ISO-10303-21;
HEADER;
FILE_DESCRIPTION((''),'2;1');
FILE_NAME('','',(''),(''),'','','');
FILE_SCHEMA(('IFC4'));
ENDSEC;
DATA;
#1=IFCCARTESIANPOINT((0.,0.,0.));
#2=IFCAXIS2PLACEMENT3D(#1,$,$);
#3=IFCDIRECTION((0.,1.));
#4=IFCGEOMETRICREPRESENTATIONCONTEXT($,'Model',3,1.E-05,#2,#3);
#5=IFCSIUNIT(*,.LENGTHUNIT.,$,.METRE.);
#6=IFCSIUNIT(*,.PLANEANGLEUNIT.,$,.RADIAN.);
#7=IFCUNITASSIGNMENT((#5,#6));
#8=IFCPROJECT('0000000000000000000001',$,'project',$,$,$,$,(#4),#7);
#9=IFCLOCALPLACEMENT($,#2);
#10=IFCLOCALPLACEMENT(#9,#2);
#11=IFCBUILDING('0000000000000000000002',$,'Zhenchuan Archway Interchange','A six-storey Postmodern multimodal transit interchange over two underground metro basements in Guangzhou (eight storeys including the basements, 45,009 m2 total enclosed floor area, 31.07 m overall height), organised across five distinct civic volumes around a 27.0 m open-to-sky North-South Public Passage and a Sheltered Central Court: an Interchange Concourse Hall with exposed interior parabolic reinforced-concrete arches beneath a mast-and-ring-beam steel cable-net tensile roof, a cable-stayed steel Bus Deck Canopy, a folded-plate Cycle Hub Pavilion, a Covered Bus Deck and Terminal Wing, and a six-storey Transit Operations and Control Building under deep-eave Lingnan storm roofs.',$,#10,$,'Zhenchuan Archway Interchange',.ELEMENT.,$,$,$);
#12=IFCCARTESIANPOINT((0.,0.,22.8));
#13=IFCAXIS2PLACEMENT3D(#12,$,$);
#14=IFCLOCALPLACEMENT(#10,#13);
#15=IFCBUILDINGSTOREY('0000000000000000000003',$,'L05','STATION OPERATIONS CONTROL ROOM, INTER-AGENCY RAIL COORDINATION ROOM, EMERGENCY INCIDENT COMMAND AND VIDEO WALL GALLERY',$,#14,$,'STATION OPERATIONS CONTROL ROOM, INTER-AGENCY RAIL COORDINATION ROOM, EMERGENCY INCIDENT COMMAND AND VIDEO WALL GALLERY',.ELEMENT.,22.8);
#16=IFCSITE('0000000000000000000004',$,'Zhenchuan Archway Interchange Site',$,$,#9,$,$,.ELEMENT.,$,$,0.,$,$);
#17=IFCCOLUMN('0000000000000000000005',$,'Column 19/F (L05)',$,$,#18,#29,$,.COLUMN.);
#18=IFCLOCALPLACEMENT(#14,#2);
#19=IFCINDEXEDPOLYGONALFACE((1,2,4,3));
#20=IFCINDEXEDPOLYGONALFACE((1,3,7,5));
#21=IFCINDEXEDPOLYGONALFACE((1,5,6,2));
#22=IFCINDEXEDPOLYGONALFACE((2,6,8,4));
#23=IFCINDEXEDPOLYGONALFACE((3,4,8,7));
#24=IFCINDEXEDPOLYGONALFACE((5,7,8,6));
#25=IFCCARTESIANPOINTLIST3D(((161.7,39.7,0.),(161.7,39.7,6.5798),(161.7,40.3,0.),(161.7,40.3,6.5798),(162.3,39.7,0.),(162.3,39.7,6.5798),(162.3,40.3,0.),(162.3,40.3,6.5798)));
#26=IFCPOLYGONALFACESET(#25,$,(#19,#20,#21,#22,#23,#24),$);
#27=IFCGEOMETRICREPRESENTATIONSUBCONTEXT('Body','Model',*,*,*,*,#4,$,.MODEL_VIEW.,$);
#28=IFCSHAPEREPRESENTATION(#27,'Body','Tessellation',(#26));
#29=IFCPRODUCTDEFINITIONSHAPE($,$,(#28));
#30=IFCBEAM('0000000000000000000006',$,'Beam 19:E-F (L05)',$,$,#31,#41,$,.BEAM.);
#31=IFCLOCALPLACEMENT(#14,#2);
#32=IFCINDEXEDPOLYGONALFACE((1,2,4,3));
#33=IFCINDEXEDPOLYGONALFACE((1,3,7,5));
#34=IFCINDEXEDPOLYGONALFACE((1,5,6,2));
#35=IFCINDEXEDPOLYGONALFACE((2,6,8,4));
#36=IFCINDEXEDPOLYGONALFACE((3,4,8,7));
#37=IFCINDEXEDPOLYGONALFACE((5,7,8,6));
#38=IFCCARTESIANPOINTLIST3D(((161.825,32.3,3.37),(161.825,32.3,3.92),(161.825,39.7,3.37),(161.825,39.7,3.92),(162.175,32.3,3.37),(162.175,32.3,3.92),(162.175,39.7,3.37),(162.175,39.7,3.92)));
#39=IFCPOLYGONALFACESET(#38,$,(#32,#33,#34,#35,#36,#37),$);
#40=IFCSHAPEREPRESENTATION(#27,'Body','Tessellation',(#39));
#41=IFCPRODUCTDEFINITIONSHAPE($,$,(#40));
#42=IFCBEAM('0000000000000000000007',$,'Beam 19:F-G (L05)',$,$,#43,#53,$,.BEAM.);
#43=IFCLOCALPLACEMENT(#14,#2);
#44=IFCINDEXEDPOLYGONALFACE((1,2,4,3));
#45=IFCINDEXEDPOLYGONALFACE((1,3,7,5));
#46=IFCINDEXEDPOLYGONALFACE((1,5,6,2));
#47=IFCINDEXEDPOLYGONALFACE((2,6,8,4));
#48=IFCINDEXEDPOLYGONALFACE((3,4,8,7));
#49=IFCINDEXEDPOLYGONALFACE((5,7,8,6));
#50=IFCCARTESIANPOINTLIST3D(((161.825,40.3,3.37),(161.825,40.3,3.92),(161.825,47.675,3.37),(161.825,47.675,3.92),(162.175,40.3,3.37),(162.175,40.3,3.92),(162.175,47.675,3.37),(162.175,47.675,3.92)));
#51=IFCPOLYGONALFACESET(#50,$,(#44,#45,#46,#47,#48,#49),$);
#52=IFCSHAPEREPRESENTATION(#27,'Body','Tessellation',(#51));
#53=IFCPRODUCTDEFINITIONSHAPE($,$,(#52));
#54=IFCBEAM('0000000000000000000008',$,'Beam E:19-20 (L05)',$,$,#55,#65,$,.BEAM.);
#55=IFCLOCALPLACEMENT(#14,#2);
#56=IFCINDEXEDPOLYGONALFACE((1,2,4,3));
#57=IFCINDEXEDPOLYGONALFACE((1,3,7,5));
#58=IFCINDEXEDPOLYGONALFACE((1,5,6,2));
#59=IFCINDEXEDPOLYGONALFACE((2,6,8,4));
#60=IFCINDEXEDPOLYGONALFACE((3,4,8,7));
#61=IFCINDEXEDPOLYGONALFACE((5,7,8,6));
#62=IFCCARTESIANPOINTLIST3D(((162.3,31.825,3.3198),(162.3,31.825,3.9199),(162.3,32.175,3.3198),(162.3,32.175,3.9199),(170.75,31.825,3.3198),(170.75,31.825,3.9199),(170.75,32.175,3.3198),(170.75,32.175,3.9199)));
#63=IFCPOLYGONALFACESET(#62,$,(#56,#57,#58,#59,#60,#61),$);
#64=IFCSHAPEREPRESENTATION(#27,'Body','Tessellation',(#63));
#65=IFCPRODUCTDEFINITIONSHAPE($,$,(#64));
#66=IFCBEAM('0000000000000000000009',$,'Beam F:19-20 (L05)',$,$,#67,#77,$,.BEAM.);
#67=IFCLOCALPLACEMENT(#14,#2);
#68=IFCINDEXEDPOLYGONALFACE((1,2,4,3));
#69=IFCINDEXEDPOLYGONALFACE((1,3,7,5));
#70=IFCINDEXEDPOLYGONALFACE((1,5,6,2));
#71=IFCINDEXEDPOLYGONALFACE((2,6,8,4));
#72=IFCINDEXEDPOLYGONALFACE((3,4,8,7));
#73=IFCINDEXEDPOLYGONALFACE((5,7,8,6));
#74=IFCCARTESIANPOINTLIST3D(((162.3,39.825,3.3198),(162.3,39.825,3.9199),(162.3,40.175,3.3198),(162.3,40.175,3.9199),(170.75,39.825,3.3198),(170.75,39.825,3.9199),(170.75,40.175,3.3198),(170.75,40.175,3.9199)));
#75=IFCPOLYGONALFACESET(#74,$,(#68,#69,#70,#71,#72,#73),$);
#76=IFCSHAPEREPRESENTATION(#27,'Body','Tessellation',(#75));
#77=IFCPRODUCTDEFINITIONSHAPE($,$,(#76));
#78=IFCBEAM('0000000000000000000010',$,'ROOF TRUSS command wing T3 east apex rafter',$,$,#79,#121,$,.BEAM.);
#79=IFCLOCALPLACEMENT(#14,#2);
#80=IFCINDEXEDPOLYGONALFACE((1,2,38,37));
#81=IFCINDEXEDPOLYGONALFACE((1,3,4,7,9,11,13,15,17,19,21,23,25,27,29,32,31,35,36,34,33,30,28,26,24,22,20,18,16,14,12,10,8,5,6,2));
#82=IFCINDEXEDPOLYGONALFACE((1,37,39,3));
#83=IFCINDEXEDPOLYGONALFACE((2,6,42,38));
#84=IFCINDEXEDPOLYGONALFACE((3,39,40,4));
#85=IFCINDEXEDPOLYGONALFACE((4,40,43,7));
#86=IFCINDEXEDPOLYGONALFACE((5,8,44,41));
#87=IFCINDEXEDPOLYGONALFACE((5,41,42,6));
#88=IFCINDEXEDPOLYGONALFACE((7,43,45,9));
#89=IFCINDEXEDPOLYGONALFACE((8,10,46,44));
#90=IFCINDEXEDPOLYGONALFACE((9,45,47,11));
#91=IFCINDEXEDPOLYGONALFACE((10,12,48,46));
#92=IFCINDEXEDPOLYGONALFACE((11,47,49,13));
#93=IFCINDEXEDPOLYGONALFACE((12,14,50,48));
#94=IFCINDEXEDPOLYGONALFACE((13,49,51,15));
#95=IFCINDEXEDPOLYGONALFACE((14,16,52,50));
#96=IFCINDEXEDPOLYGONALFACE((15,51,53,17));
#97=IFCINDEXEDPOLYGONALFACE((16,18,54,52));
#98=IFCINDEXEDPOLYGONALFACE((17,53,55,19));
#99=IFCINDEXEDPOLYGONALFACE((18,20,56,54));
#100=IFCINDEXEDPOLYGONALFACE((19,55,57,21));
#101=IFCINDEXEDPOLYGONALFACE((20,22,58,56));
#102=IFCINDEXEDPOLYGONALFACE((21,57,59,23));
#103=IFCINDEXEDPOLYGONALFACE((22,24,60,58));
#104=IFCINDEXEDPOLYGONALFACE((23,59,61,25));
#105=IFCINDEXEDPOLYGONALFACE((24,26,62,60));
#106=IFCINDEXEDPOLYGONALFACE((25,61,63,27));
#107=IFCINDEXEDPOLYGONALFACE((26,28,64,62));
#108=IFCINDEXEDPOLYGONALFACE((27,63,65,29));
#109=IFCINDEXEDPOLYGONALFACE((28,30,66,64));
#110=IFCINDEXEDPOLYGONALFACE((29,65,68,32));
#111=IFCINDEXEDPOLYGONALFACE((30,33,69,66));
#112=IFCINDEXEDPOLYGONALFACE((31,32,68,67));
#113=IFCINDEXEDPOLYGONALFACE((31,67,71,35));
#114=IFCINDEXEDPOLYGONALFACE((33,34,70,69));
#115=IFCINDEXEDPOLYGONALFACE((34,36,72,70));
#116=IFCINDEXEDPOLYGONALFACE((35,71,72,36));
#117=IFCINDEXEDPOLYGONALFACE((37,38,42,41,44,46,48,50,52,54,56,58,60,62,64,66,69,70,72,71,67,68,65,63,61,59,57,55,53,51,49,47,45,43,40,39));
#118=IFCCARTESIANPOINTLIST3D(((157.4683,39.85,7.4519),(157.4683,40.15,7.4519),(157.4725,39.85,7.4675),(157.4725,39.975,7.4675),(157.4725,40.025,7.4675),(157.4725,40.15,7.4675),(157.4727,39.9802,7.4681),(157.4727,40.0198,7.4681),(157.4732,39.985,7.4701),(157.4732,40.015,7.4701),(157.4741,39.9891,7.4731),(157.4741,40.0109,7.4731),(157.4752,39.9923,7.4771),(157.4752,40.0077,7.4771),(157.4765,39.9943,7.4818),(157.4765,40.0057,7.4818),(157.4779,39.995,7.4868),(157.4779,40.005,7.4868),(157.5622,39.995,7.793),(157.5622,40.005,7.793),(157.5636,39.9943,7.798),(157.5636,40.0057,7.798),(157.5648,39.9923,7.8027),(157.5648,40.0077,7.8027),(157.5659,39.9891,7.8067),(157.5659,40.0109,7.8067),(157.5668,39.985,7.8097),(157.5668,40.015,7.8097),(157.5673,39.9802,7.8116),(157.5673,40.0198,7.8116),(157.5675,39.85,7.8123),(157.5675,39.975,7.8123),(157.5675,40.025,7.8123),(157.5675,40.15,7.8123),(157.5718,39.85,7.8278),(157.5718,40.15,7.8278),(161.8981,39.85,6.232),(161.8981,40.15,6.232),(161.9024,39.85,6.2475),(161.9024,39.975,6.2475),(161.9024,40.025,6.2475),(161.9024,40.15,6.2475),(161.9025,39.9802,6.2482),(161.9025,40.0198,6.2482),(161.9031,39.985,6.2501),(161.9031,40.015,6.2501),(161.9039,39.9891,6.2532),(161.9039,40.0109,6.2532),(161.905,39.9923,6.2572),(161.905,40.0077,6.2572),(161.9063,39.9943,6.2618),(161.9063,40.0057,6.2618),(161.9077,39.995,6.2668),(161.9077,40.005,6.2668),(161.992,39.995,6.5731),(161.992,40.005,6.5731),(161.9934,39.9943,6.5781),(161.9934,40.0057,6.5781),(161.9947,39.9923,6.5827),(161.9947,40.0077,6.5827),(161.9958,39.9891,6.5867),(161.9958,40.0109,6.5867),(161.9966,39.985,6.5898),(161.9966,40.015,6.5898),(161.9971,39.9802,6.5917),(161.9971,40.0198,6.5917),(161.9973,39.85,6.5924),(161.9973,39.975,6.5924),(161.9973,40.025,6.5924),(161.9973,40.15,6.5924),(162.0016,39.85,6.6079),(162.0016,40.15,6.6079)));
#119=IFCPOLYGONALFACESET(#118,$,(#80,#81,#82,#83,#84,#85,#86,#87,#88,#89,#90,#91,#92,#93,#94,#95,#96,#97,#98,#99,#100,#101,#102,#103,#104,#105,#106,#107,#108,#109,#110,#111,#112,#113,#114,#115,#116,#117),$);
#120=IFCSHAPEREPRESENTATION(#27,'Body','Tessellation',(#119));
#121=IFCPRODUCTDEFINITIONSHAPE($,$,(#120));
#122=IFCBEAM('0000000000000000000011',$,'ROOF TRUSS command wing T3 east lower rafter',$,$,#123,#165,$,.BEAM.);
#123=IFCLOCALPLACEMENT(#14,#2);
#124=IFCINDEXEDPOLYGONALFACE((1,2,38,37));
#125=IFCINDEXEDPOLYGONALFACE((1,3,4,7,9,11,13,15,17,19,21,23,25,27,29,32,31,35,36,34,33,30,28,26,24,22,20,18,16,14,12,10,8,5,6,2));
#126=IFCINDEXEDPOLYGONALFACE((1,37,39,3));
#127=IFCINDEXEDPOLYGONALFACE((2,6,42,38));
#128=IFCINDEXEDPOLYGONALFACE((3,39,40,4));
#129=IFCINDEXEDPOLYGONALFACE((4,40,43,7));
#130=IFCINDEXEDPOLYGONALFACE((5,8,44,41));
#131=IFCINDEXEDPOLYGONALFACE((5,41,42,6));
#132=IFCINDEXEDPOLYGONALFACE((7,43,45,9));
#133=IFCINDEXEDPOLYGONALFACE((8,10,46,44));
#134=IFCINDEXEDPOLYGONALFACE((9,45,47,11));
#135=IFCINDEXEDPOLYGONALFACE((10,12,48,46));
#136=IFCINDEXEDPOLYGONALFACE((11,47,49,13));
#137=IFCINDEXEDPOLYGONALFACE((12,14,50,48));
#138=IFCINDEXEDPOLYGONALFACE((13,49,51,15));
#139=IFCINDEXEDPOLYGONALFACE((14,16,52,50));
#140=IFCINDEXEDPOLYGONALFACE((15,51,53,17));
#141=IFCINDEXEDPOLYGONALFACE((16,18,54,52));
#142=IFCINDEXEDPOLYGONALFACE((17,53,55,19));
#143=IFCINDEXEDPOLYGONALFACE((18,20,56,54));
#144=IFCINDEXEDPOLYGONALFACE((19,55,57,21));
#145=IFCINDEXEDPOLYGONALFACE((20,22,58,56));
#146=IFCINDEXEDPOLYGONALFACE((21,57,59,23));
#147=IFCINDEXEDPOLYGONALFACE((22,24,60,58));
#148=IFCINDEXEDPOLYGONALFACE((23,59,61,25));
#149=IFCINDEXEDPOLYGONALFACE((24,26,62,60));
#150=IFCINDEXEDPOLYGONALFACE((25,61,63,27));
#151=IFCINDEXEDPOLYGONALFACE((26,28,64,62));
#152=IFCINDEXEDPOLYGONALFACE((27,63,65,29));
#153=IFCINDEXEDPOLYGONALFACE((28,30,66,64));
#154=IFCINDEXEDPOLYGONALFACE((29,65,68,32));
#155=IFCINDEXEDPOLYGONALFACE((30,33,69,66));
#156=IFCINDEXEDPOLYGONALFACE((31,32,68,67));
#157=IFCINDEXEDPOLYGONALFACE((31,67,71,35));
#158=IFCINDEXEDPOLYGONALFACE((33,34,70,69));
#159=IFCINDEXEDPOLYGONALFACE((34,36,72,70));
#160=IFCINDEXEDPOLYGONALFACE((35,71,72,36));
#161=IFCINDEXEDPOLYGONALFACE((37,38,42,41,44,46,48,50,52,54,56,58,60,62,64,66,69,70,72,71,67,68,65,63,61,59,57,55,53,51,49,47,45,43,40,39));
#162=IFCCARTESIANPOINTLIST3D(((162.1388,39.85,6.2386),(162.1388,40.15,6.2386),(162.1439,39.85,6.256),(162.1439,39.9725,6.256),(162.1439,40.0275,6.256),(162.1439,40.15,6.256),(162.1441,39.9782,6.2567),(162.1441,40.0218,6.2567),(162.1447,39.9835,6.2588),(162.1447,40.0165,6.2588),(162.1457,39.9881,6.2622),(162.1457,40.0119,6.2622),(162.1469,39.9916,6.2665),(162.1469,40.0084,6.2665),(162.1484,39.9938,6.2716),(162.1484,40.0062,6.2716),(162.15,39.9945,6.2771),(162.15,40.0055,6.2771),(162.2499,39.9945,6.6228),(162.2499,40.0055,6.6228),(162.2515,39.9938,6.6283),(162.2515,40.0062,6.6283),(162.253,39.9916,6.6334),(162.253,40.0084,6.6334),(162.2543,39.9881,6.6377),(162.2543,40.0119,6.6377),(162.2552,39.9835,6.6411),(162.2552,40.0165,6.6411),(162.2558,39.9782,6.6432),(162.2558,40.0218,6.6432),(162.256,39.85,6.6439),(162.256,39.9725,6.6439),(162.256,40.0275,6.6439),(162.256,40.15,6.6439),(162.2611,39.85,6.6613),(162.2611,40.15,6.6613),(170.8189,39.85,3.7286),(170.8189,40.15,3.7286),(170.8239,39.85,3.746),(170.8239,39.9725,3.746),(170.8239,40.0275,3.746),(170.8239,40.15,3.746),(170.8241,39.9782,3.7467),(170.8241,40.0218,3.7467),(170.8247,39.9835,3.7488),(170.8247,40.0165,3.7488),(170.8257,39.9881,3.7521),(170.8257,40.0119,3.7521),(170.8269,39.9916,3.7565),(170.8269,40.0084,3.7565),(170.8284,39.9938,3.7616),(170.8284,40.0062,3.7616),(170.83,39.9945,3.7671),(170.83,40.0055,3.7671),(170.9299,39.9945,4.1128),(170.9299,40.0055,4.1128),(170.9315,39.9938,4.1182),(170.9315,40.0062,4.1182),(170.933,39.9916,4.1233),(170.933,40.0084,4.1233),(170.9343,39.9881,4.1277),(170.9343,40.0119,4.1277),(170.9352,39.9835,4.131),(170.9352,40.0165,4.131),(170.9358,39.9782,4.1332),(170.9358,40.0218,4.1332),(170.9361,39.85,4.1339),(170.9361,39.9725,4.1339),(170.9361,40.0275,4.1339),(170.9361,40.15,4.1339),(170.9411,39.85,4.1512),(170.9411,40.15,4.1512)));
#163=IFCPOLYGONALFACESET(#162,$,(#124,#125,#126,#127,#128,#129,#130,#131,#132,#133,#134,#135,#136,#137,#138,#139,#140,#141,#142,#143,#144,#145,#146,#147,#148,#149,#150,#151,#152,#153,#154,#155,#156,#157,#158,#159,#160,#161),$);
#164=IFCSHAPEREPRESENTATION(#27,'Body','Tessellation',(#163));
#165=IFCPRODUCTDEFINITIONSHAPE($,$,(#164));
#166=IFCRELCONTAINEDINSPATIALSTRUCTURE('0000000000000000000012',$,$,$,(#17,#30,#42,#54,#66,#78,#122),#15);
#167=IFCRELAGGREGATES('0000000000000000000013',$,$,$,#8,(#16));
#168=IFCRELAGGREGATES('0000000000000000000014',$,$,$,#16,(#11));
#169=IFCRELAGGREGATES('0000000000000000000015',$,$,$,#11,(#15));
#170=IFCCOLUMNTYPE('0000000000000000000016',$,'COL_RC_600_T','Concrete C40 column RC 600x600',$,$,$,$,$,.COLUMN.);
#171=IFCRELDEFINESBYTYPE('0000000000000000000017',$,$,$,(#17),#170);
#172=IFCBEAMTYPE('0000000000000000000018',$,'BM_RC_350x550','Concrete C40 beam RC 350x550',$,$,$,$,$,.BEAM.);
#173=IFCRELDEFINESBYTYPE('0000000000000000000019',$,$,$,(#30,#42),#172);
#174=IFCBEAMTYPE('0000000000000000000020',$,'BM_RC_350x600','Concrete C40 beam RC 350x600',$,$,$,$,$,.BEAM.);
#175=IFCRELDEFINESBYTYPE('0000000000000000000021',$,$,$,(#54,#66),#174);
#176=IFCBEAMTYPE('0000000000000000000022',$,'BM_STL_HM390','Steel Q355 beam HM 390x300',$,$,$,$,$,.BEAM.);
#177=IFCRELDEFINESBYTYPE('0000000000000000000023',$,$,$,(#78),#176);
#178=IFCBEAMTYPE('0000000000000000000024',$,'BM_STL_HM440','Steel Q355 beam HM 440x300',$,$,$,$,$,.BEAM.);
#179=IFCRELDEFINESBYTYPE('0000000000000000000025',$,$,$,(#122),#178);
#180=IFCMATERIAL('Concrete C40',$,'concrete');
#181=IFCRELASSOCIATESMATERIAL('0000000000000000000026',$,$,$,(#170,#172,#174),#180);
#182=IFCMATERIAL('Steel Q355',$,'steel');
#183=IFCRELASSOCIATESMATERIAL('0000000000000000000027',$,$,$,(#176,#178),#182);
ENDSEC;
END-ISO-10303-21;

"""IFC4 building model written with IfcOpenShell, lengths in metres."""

from ifc_helpers import new_model, si_unit, direction, frame, origin, origin_2d, place, context, subcontext, project, spatial, rectangle, i_section, extrude, material, material_profile, profile_set, type_object, element, save


model = new_model("IFC4")

# Units and contexts
model_context = context("Model", 3, precision=1e-05, world=origin(), true_north=direction((0.0, 1.0)))
body_context = subcontext(model_context, "Body", "Model", "MODEL_VIEW")
ifc_project = project(units=[si_unit("LENGTHUNIT", "METRE"), si_unit("PLANEANGLEUNIT", "RADIAN")], contexts=[model_context])

# Site, building, storey
site_placement = place(None, origin())
site = spatial("IfcSite", under=ifc_project, at=site_placement, Name="Zhenchuan Archway Interchange Site", CompositionType="ELEMENT", RefElevation=0.0)
building_placement = place(site_placement, origin())
building = spatial("IfcBuilding", under=site, at=building_placement, Name="Zhenchuan Archway Interchange", Description="A six-storey Postmodern multimodal transit interchange over two underground metro basements in Guangzhou (eight storeys including the basements, 45,009 m2 total enclosed floor area, 31.07 m overall height), organised across five distinct civic volumes around a 27.0 m open-to-sky North-South Public Passage and a Sheltered Central Court: an Interchange Concourse Hall with exposed interior parabolic reinforced-concrete arches beneath a mast-and-ring-beam steel cable-net tensile roof, a cable-stayed steel Bus Deck Canopy, a folded-plate Cycle Hub Pavilion, a Covered Bus Deck and Terminal Wing, and a six-storey Transit Operations and Control Building under deep-eave Lingnan storm roofs.", LongName="Zhenchuan Archway Interchange", CompositionType="ELEMENT")
storey_placement = place(building_placement, frame((0.0, 0.0, 22.8)))
storey = spatial("IfcBuildingStorey", under=building, at=storey_placement, Name="L05", Description="STATION OPERATIONS CONTROL ROOM, INTER-AGENCY RAIL COORDINATION ROOM, EMERGENCY INCIDENT COMMAND AND VIDEO WALL GALLERY", LongName="STATION OPERATIONS CONTROL ROOM, INTER-AGENCY RAIL COORDINATION ROOM, EMERGENCY INCIDENT COMMAND AND VIDEO WALL GALLERY", CompositionType="ELEMENT", Elevation=22.8)

# Column
ifc_material_1 = material(Name="Concrete C40", Category="concrete")
ifc_material_profile_1 = material_profile(ifc_material_1, rectangle(XDim=0.6001, YDim=0.6001, at=origin_2d()), Name="RC 600x600")
ifc_profile_set_1 = profile_set([ifc_material_profile_1], Name="Concrete C40")
column_type = type_object("IfcColumnType", Name="COL_RC_600_T", Description="Concrete C40 column RC 600x600", PredefinedType="COLUMN", material=ifc_profile_set_1)
column_placement = place(storey_placement, frame((162.0, 40.0, 0.0), z_axis=(0.0, 0.0, 1.0), x_axis=(1.0, 0.0, 0.0)))
element("IfcColumn", 1, at=column_placement, inside=storey, type_object=column_type, Name="Column 19/F (L05)", PredefinedType="COLUMN", context=body_context, shape_type="SweptSolid", body=[
    extrude(rectangle(XDim=0.6001, YDim=0.6001, at=origin_2d()), origin(), (0.0, 0.0, 1.0), 6.5798),
])

# Beams
ifc_material_profile_2 = material_profile(ifc_material_1, rectangle(XDim=0.3501, YDim=0.55, at=origin_2d()), Name="RC 350x550")
ifc_profile_set_2 = profile_set([ifc_material_profile_2], Name="Concrete C40")
beam_type_1 = type_object("IfcBeamType", Name="BM_RC_350x550", Description="Concrete C40 beam RC 350x550", PredefinedType="BEAM", material=ifc_profile_set_2)
beam_1_placement = place(storey_placement, frame((162.0, 32.3, 3.645), z_axis=(0.0, 1.0, 0.0), x_axis=(-1.0, 0.0, 0.0)))
element("IfcBeam", 2, at=beam_1_placement, inside=storey, type_object=beam_type_1, Name="Beam 19:E-F (L05)", PredefinedType="BEAM", context=body_context, shape_type="SweptSolid", body=[
    extrude(rectangle(XDim=0.3501, YDim=0.55, at=origin_2d()), origin(), (0.0, 0.0, 1.0), 7.3999),
])
beam_2_placement = place(storey_placement, frame((162.0, 40.3, 3.645), z_axis=(0.0, 1.0, 0.0), x_axis=(-1.0, 0.0, 0.0)))
element("IfcBeam", 3, at=beam_2_placement, inside=storey, type_object=beam_type_1, Name="Beam 19:F-G (L05)", PredefinedType="BEAM", context=body_context, shape_type="SweptSolid", body=[
    extrude(rectangle(XDim=0.3501, YDim=0.55, at=origin_2d()), origin(), (0.0, 0.0, 1.0), 7.375),
])
ifc_material_profile_3 = material_profile(ifc_material_1, rectangle(XDim=0.3501, YDim=0.6001, at=origin_2d()), Name="RC 350x600")
ifc_profile_set_3 = profile_set([ifc_material_profile_3], Name="Concrete C40")
beam_type_2 = type_object("IfcBeamType", Name="BM_RC_350x600", Description="Concrete C40 beam RC 350x600", PredefinedType="BEAM", material=ifc_profile_set_3)
for number, where, z_axis, x_axis, name in (
    (4, (162.3, 32.0, 3.6199), (1.0, 0.0, 0.0), (0.0, 1.0, 0.0), "Beam E:19-20 (L05)"),
    (5, (162.3, 40.0, 3.6199), (1.0, 0.0, 0.0), (0.0, 1.0, 0.0), "Beam F:19-20 (L05)"),
):
    element("IfcBeam", number, at=place(storey_placement, frame(where, z_axis=z_axis, x_axis=x_axis)), inside=storey, type_object=beam_type_2, Name=name, PredefinedType="BEAM", context=body_context, shape_type="SweptSolid", body=[
        extrude(rectangle(XDim=0.3501, YDim=0.6001, at=origin_2d()), origin(), (0.0, 0.0, 1.0), 8.45),
    ])
ifc_material_2 = material(Name="Steel Q355", Category="steel")
ifc_material_profile_4 = material_profile(ifc_material_2, i_section(OverallWidth=0.3, OverallDepth=0.3899, WebThickness=0.01, FlangeThickness=0.0161, FilletRadius=0.02, at=origin_2d()), Name="HM 390x300")
ifc_profile_set_4 = profile_set([ifc_material_profile_4], Name="Steel Q355")
beam_type_3 = type_object("IfcBeamType", Name="BM_STL_HM390", Description="Steel Q355 beam HM 390x300", PredefinedType="BEAM", material=ifc_profile_set_4)
beam_3_placement = place(storey_placement, frame((157.52, 40.0, 7.6399), z_axis=(0.964109, 0.0, -0.265508), x_axis=(0.0, 1.0, 0.0)))
element("IfcBeam", 6, at=beam_3_placement, inside=storey, type_object=beam_type_3, Name="ROOF TRUSS command wing T3 east apex rafter", PredefinedType="BEAM", context=body_context, shape_type="SweptSolid", body=[
    extrude(i_section(OverallWidth=0.3, OverallDepth=0.3899, WebThickness=0.01, FlangeThickness=0.0161, FilletRadius=0.02, at=origin_2d()), origin(), (0.0, 0.0, 1.0), 4.5947),
])
ifc_material_profile_5 = material_profile(ifc_material_2, i_section(OverallWidth=0.3, OverallDepth=0.4399, WebThickness=0.011, FlangeThickness=0.0181, FilletRadius=0.022, at=origin_2d()), Name="HM 440x300")
ifc_profile_set_5 = profile_set([ifc_material_profile_5], Name="Steel Q355")
beam_type_4 = type_object("IfcBeamType", Name="BM_STL_HM440", Description="Steel Q355 beam HM 440x300", PredefinedType="BEAM", material=ifc_profile_set_5)
beam_4_placement = place(storey_placement, frame((162.2, 40.0, 6.45), z_axis=(0.960641, 0.0, -0.277792), x_axis=(0.0, 1.0, 0.0)))
element("IfcBeam", 7, at=beam_4_placement, inside=storey, type_object=beam_type_4, Name="ROOF TRUSS command wing T3 east lower rafter", PredefinedType="BEAM", context=body_context, shape_type="SweptSolid", body=[
    extrude(i_section(OverallWidth=0.3, OverallDepth=0.4399, WebThickness=0.011, FlangeThickness=0.0181, FilletRadius=0.022, at=origin_2d()), origin(), (0.0, 0.0, 1.0), 9.0356),
])

save(model, "model.ifc")
